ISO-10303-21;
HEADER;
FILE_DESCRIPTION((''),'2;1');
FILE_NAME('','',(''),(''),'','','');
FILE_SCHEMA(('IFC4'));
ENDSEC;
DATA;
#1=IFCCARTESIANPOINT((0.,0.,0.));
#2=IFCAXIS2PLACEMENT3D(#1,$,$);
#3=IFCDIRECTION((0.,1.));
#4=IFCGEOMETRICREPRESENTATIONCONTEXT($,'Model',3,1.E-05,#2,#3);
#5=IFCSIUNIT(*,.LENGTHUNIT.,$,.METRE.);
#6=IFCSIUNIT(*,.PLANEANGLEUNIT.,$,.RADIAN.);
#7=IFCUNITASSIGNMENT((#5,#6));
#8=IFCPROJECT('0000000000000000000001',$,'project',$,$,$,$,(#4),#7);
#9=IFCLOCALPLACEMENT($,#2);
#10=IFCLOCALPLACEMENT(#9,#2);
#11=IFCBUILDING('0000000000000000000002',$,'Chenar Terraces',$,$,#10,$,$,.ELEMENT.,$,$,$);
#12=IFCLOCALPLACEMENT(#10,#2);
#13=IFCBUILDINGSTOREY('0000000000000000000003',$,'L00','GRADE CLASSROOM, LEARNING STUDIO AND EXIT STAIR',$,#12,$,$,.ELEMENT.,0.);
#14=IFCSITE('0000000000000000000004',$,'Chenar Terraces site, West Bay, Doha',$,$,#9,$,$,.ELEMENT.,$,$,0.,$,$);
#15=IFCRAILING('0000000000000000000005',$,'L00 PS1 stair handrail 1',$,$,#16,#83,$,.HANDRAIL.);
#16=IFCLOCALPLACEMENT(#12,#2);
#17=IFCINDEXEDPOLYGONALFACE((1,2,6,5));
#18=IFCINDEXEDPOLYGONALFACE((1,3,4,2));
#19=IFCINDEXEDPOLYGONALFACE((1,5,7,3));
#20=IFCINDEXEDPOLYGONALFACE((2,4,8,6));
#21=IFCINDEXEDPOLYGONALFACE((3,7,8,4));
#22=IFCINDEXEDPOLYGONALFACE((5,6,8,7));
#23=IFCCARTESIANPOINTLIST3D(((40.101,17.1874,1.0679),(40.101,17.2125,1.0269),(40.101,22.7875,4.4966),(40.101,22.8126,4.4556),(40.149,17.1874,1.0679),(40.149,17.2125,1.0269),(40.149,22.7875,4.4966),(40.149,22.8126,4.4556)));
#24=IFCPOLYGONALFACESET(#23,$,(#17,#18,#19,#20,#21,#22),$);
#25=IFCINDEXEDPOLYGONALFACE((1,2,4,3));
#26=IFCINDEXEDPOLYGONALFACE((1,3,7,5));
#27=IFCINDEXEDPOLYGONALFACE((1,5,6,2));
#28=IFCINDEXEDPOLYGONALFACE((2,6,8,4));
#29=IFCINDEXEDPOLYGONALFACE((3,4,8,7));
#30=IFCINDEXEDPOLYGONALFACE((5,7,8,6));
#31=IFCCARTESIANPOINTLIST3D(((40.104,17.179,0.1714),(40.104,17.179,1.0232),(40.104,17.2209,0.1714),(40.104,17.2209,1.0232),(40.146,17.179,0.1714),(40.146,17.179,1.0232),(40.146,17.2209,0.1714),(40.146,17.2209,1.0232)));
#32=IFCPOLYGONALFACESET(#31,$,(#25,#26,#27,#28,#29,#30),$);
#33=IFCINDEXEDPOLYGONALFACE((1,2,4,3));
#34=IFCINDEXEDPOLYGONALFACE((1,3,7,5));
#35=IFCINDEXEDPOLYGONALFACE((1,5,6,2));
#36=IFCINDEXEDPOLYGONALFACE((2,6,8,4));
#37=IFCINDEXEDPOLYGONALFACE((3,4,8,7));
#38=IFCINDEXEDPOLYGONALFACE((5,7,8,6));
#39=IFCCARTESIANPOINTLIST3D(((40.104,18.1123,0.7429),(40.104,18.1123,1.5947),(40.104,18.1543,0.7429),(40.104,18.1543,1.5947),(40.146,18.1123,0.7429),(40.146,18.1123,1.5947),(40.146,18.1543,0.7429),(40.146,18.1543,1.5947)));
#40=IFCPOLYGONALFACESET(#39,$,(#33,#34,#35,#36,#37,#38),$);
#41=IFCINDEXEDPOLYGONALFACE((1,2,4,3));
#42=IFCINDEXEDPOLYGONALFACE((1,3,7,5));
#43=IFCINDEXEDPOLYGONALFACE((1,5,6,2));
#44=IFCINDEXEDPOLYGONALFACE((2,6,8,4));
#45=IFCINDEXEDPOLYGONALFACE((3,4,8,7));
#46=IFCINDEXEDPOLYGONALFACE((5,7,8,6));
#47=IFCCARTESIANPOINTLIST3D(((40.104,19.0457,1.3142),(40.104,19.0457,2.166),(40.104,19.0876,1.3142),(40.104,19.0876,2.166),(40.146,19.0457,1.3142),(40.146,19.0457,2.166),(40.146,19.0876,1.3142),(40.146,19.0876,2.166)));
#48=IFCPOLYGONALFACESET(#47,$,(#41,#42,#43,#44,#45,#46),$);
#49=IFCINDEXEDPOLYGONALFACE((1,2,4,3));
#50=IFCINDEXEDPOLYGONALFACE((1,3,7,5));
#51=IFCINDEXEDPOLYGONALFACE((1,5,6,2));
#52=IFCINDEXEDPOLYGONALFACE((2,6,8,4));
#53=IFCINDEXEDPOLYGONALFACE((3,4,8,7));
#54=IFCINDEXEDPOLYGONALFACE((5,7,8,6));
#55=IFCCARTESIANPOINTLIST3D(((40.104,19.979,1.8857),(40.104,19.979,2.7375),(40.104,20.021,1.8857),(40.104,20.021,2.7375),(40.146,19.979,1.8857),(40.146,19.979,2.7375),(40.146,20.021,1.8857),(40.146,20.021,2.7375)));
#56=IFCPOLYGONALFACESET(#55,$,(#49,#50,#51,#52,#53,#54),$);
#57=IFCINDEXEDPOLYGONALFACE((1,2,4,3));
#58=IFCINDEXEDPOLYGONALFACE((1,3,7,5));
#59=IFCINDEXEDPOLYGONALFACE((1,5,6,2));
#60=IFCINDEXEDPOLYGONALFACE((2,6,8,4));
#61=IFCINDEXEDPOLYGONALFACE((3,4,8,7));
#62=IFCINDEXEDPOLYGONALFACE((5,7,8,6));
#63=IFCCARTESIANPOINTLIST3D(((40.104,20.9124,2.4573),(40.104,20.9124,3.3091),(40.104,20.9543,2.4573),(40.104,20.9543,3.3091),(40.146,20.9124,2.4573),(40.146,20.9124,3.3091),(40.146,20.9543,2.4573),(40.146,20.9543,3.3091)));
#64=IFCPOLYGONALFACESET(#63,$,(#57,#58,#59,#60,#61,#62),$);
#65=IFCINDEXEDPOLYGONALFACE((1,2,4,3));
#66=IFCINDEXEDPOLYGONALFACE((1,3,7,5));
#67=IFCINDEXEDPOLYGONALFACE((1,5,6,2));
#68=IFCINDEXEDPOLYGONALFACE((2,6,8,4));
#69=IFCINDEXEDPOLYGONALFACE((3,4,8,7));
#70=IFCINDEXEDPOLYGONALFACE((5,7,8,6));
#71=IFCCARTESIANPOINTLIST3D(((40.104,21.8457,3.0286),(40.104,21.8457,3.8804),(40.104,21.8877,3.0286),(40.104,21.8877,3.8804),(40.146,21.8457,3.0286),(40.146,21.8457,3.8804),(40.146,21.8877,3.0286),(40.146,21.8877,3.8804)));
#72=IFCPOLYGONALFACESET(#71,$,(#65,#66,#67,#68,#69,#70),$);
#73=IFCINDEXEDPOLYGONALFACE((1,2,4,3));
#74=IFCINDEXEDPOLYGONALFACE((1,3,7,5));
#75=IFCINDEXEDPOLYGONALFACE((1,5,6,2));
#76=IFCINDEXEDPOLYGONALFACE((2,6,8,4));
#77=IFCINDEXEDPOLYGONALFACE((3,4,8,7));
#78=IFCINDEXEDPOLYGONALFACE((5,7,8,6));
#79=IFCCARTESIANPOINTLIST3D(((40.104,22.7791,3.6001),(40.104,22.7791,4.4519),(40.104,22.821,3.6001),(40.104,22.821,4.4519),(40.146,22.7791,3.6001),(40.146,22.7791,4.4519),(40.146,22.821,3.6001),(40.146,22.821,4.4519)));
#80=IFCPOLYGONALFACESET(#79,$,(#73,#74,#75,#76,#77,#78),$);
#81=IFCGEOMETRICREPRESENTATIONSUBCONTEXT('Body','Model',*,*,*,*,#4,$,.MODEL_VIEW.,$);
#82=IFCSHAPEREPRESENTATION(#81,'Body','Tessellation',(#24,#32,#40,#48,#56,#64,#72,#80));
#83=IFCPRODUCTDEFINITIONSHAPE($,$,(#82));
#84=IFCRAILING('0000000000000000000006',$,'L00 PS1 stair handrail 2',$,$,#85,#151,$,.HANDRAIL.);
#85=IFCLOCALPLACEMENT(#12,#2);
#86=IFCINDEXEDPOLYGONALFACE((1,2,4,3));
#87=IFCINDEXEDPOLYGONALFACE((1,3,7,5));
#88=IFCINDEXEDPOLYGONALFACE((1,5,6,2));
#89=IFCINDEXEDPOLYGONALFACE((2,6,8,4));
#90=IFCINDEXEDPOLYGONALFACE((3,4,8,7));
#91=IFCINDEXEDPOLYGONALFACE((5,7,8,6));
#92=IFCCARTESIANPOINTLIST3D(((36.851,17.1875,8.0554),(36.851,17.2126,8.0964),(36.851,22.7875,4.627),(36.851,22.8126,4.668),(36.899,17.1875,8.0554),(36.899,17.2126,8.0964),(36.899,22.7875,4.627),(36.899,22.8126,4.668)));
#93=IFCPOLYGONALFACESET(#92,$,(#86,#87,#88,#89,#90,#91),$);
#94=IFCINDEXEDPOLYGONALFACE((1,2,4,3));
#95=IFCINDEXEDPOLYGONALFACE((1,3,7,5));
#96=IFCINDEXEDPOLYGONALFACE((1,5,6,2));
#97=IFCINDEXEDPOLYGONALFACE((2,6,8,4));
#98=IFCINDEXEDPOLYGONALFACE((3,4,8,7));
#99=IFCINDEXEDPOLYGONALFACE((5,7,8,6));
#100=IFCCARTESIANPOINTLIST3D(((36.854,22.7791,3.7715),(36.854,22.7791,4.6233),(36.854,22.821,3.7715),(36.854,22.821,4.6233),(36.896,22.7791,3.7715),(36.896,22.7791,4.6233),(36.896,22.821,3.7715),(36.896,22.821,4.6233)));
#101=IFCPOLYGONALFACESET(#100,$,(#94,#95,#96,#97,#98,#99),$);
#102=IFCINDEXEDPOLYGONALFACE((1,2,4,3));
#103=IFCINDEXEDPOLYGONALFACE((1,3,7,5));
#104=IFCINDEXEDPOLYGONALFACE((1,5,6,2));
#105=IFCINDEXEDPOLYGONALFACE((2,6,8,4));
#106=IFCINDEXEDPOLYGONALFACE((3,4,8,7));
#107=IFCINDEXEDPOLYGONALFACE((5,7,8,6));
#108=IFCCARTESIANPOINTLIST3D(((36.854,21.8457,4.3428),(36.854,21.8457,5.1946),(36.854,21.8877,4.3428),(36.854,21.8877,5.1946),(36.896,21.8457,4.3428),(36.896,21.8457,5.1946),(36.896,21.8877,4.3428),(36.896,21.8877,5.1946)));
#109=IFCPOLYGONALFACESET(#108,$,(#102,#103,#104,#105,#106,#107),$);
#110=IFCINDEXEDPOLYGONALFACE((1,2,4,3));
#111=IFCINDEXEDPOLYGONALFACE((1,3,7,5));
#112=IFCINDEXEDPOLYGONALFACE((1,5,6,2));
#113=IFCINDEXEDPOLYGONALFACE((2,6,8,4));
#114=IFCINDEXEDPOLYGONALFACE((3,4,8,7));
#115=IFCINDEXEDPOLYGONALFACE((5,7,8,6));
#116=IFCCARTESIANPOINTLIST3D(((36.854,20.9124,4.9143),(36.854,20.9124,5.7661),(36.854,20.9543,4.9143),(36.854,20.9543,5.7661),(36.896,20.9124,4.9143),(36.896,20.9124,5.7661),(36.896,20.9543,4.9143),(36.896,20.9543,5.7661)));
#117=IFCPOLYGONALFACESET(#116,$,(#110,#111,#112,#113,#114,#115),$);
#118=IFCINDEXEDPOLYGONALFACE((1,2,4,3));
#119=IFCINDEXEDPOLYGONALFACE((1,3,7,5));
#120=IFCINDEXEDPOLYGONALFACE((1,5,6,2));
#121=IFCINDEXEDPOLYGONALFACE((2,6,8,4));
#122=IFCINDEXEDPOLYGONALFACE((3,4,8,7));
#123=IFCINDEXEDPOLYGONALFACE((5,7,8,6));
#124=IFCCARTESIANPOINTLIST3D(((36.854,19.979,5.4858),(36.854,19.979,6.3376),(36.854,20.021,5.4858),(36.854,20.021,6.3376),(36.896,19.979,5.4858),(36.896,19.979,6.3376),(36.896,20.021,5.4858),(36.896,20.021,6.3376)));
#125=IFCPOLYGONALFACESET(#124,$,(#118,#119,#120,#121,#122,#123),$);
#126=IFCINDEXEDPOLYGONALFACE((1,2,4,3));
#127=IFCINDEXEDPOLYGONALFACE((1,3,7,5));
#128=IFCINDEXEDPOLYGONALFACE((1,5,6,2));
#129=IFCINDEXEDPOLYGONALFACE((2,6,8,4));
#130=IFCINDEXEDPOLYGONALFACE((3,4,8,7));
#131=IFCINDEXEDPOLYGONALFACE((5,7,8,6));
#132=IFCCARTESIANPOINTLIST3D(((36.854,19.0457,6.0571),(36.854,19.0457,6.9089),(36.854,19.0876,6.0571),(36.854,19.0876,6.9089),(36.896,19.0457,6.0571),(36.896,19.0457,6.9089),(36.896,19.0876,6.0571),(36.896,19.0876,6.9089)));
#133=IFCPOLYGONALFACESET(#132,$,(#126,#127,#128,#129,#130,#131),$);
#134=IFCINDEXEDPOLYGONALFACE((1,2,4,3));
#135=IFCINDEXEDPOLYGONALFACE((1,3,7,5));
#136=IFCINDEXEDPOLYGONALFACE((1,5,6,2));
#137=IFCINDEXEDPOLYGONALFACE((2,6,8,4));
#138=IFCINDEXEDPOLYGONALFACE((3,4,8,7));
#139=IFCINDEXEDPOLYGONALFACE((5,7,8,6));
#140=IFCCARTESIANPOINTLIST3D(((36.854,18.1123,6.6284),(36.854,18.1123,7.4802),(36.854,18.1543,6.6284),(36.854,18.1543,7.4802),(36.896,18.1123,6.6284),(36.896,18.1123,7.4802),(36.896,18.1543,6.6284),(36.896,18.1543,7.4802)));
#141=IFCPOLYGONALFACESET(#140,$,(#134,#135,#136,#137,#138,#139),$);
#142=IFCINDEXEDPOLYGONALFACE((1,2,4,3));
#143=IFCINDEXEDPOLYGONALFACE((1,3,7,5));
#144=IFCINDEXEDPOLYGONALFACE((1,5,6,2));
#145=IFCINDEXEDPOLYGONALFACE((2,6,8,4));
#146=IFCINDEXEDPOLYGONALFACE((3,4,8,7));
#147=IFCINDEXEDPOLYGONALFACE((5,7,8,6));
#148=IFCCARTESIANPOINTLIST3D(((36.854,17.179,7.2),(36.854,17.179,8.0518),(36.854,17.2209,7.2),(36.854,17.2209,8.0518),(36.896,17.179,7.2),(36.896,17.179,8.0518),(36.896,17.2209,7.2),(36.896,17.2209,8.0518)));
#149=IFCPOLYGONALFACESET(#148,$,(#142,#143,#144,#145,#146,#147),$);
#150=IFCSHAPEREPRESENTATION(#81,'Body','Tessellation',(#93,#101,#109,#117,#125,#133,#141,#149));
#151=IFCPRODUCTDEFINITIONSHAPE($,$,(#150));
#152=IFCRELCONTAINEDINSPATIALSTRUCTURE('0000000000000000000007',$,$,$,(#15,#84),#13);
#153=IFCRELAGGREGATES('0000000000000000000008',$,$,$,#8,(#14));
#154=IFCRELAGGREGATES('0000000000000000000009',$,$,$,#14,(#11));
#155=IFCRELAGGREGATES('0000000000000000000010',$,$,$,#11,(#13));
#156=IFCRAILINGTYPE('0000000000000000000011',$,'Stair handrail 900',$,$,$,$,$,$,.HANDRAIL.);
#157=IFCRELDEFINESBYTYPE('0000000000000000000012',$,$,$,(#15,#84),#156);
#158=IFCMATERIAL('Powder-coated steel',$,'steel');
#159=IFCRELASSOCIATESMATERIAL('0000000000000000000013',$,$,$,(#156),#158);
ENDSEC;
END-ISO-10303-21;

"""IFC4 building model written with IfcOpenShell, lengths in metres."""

from ifc_helpers import new_model, si_unit, direction, frame, origin, origin_2d, place, context, subcontext, project, spatial, rectangle, extrude, material, type_object, element, save


model = new_model("IFC4")

# Units and contexts
model_context = context("Model", 3, precision=1e-05, world=origin(), true_north=direction((0.0, 1.0)))
body_context = subcontext(model_context, "Body", "Model", "MODEL_VIEW")
ifc_project = project(units=[si_unit("LENGTHUNIT", "METRE"), si_unit("PLANEANGLEUNIT", "RADIAN")], contexts=[model_context])

# Site, building, storey
site_placement = place(None, origin())
site = spatial("IfcSite", under=ifc_project, at=site_placement, Name="Chenar Terraces site, West Bay, Doha", CompositionType="ELEMENT", RefElevation=0.0)
building_placement = place(site_placement, origin())
building = spatial("IfcBuilding", under=site, at=building_placement, Name="Chenar Terraces", CompositionType="ELEMENT")
storey_placement = place(building_placement, origin())
storey = spatial("IfcBuildingStorey", under=building, at=storey_placement, Name="L00", Description="GRADE CLASSROOM, LEARNING STUDIO AND EXIT STAIR", CompositionType="ELEMENT", Elevation=0.0)

# Railings
ifc_material_1 = material(Name="Powder-coated steel", Category="steel")
railing_type_1 = type_object("IfcRailingType", Name="Stair handrail 900", PredefinedType="HANDRAIL", material=ifc_material_1)
railing_1_placement = place(storey_placement, frame((40.125, 17.2, 0.1714)))
element("IfcRailing", 1, at=railing_1_placement, inside=storey, type_object=railing_type_1, Name="L00 PS1 stair handrail 1", PredefinedType="HANDRAIL", context=body_context, shape_type="SweptSolid", body=[
    extrude(rectangle(XDim=0.0481, YDim=0.0481, at=origin_2d()), frame((0.0, 0.0, 0.876), z_axis=(0.0, 0.852846, 0.522163), x_axis=(-1.0, 0.0, 0.0)), (0.0, 0.0, 1.0), 6.5664),
    extrude(rectangle(XDim=0.042, YDim=0.042, at=origin_2d()), origin(), (0.0, 0.0, 1.0), 0.8518),
    extrude(rectangle(XDim=0.042, YDim=0.042, at=origin_2d()), frame((0.0, 0.9333, 0.5715)), (0.0, 0.0, 1.0), 0.8518),
    extrude(rectangle(XDim=0.042, YDim=0.042, at=origin_2d()), frame((0.0, 1.8667, 1.1428)), (0.0, 0.0, 1.0), 0.8518),
    extrude(rectangle(XDim=0.042, YDim=0.042, at=origin_2d()), frame((0.0, 2.8, 1.7144)), (0.0, 0.0, 1.0), 0.8518),
    extrude(rectangle(XDim=0.042, YDim=0.042, at=origin_2d()), frame((0.0, 3.7334, 2.2859)), (0.0, 0.0, 1.0), 0.8518),
    extrude(rectangle(XDim=0.042, YDim=0.042, at=origin_2d()), frame((0.0, 4.6667, 2.8572)), (0.0, 0.0, 1.0), 0.8518),
    extrude(rectangle(XDim=0.042, YDim=0.042, at=origin_2d()), frame((0.0, 5.6001, 3.4287)), (0.0, 0.0, 1.0), 0.8518),
])
railing_2_placement = place(storey_placement, frame((36.875, 22.8, 3.7715)))
element("IfcRailing", 2, at=railing_2_placement, inside=storey, type_object=railing_type_1, Name="L00 PS1 stair handrail 2", PredefinedType="HANDRAIL", context=body_context, shape_type="SweptSolid", body=[
    extrude(rectangle(XDim=0.0481, YDim=0.0481, at=origin_2d()), frame((0.0, 0.0, 0.876), z_axis=(0.0, -0.852862, 0.522136), x_axis=(1.0, 0.0, 0.0)), (0.0, 0.0, 1.0), 6.5662),
    extrude(rectangle(XDim=0.042, YDim=0.042, at=origin_2d()), origin(), (0.0, 0.0, 1.0), 0.8518),
    extrude(rectangle(XDim=0.042, YDim=0.042, at=origin_2d()), frame((0.0, -0.9333, 0.5713)), (0.0, 0.0, 1.0), 0.8518),
    extrude(rectangle(XDim=0.042, YDim=0.042, at=origin_2d()), frame((0.0, -1.8667, 1.1428)), (0.0, 0.0, 1.0), 0.8518),
    extrude(rectangle(XDim=0.042, YDim=0.042, at=origin_2d()), frame((0.0, -2.8, 1.7144)), (0.0, 0.0, 1.0), 0.8518),
    extrude(rectangle(XDim=0.042, YDim=0.042, at=origin_2d()), frame((0.0, -3.7334, 2.2856)), (0.0, 0.0, 1.0), 0.8518),
    extrude(rectangle(XDim=0.042, YDim=0.042, at=origin_2d()), frame((0.0, -4.6667, 2.8569)), (0.0, 0.0, 1.0), 0.8518),
    extrude(rectangle(XDim=0.042, YDim=0.042, at=origin_2d()), frame((0.0, -5.6001, 3.4285)), (0.0, 0.0, 1.0), 0.8518),
])

save(model, "model.ifc")
